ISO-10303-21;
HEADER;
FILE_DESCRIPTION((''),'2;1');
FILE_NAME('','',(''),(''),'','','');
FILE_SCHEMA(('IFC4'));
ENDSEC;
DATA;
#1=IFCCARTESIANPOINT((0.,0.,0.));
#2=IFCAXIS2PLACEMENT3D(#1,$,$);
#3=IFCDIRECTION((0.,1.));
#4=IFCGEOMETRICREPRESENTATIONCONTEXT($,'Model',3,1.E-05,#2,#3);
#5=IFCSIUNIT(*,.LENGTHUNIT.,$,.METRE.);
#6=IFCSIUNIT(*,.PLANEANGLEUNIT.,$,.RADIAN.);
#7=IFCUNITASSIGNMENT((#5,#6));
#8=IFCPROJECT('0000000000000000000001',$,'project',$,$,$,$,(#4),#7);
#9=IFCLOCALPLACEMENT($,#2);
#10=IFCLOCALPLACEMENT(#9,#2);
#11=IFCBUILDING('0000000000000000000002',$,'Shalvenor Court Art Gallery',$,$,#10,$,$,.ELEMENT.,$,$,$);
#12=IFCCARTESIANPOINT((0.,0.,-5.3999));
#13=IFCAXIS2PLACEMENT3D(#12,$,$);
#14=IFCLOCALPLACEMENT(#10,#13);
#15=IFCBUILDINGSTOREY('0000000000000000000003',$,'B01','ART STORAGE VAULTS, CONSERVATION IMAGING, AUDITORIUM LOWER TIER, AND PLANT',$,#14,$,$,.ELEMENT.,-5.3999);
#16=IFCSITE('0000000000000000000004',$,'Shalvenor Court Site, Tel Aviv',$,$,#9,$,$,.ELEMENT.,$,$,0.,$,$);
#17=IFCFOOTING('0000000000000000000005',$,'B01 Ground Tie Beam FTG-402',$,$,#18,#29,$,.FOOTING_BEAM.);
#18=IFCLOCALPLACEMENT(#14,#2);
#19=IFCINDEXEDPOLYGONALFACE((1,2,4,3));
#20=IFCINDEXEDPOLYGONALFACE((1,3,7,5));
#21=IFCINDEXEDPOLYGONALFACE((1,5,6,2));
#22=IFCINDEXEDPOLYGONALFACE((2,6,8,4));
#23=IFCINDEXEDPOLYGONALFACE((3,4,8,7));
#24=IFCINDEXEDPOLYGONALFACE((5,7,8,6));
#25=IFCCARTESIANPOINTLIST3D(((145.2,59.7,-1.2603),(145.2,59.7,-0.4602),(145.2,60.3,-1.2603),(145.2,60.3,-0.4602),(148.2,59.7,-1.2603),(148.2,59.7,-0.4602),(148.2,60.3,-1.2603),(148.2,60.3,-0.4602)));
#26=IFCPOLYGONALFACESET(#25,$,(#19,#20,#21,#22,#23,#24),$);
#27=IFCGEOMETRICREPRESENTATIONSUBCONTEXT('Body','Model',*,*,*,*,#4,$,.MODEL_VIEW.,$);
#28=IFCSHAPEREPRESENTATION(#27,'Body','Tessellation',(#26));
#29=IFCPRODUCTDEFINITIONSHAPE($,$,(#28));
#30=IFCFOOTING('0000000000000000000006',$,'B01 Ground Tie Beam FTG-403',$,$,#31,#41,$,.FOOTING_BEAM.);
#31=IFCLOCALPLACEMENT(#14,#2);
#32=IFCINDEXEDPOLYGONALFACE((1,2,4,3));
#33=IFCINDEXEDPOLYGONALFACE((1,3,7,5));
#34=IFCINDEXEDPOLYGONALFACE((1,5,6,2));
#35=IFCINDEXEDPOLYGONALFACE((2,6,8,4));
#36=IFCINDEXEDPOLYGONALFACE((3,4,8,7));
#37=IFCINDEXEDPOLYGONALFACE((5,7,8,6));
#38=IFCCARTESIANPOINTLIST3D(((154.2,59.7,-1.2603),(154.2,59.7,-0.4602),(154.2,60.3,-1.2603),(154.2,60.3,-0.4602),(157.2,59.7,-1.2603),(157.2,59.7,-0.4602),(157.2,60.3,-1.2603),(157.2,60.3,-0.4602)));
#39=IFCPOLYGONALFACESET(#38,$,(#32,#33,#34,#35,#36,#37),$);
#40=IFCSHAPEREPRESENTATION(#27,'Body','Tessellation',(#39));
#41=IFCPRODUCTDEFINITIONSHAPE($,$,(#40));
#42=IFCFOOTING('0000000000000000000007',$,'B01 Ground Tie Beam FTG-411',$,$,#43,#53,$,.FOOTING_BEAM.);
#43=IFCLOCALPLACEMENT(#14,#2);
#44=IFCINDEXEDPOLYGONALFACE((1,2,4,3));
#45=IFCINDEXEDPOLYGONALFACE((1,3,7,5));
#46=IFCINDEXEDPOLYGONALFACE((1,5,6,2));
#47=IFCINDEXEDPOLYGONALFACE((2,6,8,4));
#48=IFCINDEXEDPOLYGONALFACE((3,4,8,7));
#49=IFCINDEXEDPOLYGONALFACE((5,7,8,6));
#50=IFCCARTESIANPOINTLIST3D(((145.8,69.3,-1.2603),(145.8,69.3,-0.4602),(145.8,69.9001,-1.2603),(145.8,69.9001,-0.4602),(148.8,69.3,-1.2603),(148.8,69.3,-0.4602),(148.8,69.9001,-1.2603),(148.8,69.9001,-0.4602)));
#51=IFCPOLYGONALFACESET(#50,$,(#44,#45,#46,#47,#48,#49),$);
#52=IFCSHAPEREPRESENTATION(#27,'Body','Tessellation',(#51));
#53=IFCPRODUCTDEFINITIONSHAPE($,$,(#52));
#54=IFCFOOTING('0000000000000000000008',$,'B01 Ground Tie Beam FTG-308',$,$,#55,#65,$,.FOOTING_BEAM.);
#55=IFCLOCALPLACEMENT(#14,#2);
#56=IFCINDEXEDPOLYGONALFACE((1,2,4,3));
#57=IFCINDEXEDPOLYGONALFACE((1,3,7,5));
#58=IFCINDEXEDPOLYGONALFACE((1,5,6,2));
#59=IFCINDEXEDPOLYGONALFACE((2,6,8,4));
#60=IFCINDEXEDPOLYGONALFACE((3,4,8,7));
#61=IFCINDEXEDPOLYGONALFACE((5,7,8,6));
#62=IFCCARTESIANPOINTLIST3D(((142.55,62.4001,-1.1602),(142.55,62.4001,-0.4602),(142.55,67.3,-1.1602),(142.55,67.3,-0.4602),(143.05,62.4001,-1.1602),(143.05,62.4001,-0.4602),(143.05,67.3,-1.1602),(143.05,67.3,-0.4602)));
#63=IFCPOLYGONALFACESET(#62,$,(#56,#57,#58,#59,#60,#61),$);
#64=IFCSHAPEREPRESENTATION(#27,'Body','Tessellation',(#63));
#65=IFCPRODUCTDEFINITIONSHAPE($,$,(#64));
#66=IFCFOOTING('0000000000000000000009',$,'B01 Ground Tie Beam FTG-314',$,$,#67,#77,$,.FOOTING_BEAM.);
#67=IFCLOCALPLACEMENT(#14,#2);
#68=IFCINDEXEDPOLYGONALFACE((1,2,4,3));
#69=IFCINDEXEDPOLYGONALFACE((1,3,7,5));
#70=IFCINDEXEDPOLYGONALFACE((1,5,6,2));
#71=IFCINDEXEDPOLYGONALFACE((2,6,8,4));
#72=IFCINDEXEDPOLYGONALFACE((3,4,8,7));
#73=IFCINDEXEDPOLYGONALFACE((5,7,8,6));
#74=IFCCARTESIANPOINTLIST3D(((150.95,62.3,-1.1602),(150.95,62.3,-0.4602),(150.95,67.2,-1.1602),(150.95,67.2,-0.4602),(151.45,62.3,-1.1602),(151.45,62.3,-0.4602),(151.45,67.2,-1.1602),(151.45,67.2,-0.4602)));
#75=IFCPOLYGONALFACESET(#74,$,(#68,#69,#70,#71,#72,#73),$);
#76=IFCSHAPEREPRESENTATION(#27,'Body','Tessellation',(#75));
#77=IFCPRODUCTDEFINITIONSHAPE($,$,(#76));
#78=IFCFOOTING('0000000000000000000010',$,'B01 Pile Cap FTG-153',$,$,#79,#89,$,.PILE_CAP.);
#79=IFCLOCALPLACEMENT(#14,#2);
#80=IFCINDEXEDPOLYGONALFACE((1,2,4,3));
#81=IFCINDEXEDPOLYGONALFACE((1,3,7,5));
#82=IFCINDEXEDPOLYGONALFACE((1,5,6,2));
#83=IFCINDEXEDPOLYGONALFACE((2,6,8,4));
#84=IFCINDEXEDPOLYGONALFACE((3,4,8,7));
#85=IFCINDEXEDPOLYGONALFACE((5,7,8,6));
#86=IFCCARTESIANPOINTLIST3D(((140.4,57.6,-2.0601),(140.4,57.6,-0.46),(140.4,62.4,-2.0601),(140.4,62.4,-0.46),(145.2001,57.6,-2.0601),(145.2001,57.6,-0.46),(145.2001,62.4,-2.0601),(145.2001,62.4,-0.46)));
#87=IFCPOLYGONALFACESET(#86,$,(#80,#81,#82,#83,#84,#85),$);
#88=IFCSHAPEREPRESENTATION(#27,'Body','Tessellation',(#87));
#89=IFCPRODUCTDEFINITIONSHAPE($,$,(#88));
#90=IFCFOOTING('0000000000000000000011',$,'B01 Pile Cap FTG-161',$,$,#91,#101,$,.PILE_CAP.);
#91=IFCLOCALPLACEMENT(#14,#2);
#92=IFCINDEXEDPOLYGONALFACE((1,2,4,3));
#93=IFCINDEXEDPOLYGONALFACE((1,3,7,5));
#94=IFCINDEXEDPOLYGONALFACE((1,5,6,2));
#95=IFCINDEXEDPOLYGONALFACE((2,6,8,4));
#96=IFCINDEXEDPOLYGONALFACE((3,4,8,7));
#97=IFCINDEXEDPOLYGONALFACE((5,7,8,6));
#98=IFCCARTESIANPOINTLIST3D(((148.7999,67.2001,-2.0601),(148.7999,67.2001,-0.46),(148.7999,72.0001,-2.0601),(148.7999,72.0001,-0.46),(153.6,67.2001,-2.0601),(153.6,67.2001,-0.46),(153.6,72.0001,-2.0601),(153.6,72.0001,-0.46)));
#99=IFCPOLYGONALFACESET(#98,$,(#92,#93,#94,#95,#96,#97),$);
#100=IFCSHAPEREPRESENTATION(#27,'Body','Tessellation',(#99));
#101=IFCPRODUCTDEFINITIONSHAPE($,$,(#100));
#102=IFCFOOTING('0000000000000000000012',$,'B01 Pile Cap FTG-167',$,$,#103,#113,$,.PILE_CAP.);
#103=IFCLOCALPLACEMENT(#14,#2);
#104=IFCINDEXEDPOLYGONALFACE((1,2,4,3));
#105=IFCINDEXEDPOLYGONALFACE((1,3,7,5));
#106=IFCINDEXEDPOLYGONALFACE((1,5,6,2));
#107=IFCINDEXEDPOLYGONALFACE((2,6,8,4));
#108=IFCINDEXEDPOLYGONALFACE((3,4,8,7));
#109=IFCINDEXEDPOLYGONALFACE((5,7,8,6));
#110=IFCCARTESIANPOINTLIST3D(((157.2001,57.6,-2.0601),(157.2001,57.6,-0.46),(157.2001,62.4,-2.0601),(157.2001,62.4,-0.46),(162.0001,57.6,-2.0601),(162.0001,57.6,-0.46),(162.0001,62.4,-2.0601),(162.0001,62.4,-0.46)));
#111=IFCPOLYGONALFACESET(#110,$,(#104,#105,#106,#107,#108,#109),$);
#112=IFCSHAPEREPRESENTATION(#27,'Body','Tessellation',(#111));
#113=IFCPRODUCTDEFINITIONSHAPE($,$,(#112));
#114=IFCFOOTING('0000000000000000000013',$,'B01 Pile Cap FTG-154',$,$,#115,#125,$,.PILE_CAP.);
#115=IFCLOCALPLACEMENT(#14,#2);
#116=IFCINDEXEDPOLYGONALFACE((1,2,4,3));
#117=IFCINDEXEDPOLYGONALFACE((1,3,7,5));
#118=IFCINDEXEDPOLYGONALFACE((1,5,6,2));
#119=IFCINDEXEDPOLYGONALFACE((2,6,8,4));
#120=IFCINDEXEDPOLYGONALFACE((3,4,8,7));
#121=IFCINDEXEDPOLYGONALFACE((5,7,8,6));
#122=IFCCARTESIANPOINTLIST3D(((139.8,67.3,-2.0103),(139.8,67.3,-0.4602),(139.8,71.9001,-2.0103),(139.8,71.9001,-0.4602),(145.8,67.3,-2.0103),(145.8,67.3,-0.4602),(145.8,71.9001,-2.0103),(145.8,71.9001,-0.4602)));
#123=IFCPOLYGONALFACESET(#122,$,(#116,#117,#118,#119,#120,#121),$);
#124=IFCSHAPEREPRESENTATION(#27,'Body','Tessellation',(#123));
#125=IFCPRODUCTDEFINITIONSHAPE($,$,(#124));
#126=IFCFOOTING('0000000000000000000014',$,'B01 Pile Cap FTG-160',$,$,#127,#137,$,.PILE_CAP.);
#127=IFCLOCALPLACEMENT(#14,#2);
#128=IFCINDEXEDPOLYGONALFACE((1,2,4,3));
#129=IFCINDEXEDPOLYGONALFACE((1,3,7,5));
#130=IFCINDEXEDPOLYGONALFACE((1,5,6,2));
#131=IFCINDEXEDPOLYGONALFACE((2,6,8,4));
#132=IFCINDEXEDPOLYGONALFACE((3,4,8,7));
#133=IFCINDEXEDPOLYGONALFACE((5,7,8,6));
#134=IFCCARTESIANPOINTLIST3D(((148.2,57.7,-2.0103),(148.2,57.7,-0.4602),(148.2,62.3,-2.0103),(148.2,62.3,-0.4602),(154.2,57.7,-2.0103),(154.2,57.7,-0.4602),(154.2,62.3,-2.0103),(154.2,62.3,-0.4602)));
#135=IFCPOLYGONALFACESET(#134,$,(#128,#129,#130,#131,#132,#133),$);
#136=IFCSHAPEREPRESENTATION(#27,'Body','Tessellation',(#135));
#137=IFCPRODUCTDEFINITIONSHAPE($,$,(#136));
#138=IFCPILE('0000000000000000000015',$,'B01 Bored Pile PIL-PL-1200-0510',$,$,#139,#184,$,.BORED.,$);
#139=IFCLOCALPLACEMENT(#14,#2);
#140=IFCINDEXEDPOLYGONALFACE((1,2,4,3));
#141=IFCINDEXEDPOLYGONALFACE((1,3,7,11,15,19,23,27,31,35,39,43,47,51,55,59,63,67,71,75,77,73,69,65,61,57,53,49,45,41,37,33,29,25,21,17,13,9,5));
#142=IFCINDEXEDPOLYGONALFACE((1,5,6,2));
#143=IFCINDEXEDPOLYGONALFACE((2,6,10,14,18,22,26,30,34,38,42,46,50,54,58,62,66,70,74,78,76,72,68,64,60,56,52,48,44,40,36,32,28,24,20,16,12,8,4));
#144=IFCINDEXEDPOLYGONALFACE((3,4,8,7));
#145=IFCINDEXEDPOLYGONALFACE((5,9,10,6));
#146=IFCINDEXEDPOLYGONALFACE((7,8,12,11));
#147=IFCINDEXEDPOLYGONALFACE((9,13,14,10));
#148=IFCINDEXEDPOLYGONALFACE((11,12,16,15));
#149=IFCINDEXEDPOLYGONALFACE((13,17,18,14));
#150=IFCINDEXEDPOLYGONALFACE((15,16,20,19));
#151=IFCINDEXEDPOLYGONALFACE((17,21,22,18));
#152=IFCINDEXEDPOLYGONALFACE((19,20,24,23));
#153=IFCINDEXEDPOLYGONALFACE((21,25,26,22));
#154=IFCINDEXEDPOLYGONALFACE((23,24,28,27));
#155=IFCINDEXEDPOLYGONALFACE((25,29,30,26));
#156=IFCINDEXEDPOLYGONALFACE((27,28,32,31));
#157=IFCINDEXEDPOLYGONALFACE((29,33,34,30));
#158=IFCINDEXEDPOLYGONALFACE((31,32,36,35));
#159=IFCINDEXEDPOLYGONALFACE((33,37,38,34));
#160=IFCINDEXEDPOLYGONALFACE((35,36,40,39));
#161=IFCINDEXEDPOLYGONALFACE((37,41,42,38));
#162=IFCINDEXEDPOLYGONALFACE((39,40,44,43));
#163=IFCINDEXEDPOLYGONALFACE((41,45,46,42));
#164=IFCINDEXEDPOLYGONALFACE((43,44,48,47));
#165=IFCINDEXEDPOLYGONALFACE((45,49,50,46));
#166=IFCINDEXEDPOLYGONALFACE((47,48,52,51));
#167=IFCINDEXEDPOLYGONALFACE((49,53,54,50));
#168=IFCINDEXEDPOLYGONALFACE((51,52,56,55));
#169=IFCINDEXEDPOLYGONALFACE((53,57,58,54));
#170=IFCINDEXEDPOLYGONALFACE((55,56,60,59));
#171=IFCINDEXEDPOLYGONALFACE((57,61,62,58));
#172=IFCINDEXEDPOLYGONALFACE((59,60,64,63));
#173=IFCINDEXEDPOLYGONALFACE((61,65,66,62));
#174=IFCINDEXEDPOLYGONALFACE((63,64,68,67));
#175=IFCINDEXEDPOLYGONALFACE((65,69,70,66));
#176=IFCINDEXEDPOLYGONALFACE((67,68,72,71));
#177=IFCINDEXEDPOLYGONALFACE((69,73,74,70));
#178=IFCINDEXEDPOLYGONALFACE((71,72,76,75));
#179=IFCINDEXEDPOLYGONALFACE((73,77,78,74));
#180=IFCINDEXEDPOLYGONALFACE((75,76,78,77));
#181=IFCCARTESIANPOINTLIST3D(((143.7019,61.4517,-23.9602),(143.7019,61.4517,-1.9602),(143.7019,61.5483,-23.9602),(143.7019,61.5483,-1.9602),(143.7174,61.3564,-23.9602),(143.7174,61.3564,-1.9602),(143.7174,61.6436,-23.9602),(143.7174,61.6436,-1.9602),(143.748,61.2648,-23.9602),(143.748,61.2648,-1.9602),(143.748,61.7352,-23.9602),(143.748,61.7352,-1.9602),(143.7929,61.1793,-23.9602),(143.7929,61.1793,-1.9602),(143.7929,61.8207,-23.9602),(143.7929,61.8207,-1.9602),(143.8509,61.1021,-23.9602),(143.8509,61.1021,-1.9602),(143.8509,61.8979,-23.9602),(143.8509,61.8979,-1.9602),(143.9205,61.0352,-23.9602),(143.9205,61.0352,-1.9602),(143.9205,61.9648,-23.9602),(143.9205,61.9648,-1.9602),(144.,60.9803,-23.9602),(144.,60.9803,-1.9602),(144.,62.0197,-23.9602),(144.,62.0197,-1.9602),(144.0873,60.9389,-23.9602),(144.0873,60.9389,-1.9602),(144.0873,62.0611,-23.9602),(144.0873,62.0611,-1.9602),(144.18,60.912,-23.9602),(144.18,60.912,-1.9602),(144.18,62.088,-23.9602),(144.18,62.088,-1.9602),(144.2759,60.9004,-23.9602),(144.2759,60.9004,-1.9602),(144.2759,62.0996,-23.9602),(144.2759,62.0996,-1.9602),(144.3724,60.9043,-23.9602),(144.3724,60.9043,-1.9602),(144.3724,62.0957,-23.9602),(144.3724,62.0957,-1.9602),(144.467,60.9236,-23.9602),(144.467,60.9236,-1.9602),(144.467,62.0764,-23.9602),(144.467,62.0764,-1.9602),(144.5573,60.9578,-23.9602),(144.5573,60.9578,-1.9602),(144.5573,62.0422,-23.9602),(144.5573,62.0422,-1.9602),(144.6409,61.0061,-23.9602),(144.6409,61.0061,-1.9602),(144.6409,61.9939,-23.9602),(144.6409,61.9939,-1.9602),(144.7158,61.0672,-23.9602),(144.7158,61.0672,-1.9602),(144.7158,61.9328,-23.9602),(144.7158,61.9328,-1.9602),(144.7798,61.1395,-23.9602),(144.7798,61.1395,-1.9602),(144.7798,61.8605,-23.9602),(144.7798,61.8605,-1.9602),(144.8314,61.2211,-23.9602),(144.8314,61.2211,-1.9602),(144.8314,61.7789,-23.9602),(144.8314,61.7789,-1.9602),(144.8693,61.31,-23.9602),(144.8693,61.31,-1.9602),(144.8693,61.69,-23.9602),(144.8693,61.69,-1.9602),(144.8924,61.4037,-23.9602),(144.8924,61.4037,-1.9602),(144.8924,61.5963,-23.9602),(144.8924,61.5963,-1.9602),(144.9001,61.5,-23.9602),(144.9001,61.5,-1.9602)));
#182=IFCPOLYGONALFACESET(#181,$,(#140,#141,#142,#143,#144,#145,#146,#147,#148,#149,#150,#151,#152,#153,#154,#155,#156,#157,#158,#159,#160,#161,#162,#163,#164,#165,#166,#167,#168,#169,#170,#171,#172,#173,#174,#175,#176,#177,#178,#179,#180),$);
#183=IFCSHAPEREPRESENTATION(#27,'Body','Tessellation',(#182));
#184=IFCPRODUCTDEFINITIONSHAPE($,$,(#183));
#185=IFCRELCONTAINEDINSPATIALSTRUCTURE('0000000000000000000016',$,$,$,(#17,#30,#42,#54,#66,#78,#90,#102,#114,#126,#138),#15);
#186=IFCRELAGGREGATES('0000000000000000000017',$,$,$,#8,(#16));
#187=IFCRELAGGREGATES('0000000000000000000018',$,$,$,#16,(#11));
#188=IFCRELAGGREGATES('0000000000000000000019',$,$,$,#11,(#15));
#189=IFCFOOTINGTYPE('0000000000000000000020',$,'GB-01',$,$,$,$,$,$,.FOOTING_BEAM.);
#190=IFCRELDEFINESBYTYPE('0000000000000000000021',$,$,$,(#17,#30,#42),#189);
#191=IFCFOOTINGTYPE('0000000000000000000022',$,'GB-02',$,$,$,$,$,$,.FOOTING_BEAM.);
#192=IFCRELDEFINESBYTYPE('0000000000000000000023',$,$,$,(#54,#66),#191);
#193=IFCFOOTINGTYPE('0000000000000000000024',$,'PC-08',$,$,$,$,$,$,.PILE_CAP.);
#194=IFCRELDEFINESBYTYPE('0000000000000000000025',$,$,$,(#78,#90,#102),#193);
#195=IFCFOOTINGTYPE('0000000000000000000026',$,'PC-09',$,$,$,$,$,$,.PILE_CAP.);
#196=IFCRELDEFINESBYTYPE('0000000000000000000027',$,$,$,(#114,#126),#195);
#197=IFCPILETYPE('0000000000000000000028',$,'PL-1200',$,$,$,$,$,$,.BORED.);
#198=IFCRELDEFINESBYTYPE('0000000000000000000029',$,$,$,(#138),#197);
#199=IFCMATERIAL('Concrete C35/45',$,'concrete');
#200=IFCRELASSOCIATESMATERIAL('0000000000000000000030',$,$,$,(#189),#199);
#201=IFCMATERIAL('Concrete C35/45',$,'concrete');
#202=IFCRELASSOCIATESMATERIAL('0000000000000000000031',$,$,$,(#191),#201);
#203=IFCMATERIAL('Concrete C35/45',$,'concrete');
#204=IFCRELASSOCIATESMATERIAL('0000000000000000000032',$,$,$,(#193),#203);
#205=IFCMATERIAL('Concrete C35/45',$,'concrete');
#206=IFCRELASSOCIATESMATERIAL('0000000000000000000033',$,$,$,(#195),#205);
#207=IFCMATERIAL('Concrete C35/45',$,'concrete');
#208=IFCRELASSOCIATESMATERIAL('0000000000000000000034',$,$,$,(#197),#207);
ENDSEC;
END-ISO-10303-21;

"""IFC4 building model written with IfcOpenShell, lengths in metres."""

from ifc_helpers import new_model, si_unit, direction, frame, origin, origin_2d, place, context, subcontext, project, spatial, rectangle, circle, extrude, material, material_profile, profile_set, type_object, element, save


model = new_model("IFC4")

# Units and contexts
model_context = context("Model", 3, precision=1e-05, world=origin(), true_north=direction((0.0, 1.0)))
body_context = subcontext(model_context, "Body", "Model", "MODEL_VIEW")
ifc_project = project(units=[si_unit("LENGTHUNIT", "METRE"), si_unit("PLANEANGLEUNIT", "RADIAN")], contexts=[model_context])

# Site, building, storey
site_placement = place(None, origin())
site = spatial("IfcSite", under=ifc_project, at=site_placement, Name="Shalvenor Court Site, Tel Aviv", CompositionType="ELEMENT", RefElevation=0.0)
building_placement = place(site_placement, origin())
building = spatial("IfcBuilding", under=site, at=building_placement, Name="Shalvenor Court Art Gallery", CompositionType="ELEMENT")
storey_placement = place(building_placement, frame((0.0, 0.0, -5.3999)))
storey = spatial("IfcBuildingStorey", under=building, at=storey_placement, Name="B01", Description="ART STORAGE VAULTS, CONSERVATION IMAGING, AUDITORIUM LOWER TIER, AND PLANT", CompositionType="ELEMENT", Elevation=-5.3999)

# Footings
ifc_material_1 = material(Name="Concrete C35/45", Category="concrete")
footing_type_1 = type_object("IfcFootingType", Name="GB-01", PredefinedType="FOOTING_BEAM", material=ifc_material_1)
for number, where, z_axis, x_axis, name in (
    (1, (146.7, 60.0, -1.2603), (0.0, 0.0, 1.0), (1.0, 0.0, 0.0), "B01 Ground Tie Beam FTG-402"),
    (2, (155.7, 60.0, -1.2603), (0.0, 0.0, 1.0), (1.0, 0.0, 0.0), "B01 Ground Tie Beam FTG-403"),
    (3, (147.3, 69.6001, -1.2603), (0.0, 0.0, 1.0), (1.0, 0.0, 0.0), "B01 Ground Tie Beam FTG-411"),
):
    element("IfcFooting", number, at=place(storey_placement, frame(where, z_axis=z_axis, x_axis=x_axis)), inside=storey, type_object=footing_type_1, Name=name, PredefinedType="FOOTING_BEAM", context=body_context, shape_type="SweptSolid", body=[
        extrude(rectangle(XDim=3.0, YDim=0.6001, at=origin_2d()), origin(), (0.0, 0.0, 1.0), 0.8),
    ])
ifc_material_2 = material(Name="Concrete C35/45", Category="concrete")
footing_type_2 = type_object("IfcFootingType", Name="GB-02", PredefinedType="FOOTING_BEAM", material=ifc_material_2)
for number, where, z_axis, x_axis, name in (
    (4, (142.8, 64.8501, -1.1602), (0.0, 0.0, 1.0), (0.0, 1.0, 0.0), "B01 Ground Tie Beam FTG-308"),
    (5, (151.2, 64.75, -1.1602), (0.0, 0.0, 1.0), (0.0, 1.0, 0.0), "B01 Ground Tie Beam FTG-314"),
):
    element("IfcFooting", number, at=place(storey_placement, frame(where, z_axis=z_axis, x_axis=x_axis)), inside=storey, type_object=footing_type_2, Name=name, PredefinedType="FOOTING_BEAM", context=body_context, shape_type="SweptSolid", body=[
        extrude(rectangle(XDim=4.8999, YDim=0.5, at=origin_2d()), origin(), (0.0, 0.0, 1.0), 0.7),
    ])
ifc_material_3 = material(Name="Concrete C35/45", Category="concrete")
footing_type_3 = type_object("IfcFootingType", Name="PC-08", PredefinedType="PILE_CAP", material=ifc_material_3)
for number, where, z_axis, x_axis, name in (
    (6, (142.8, 60.0, -2.0601), (0.0, 0.0, 1.0), (1.0, 0.0, 0.0), "B01 Pile Cap FTG-153"),
    (7, (151.2, 69.6001, -2.0601), (0.0, 0.0, 1.0), (1.0, 0.0, 0.0), "B01 Pile Cap FTG-161"),
    (8, (159.6001, 60.0, -2.0601), (0.0, 0.0, 1.0), (1.0, 0.0, 0.0), "B01 Pile Cap FTG-167"),
):
    element("IfcFooting", number, at=place(storey_placement, frame(where, z_axis=z_axis, x_axis=x_axis)), inside=storey, type_object=footing_type_3, Name=name, PredefinedType="PILE_CAP", context=body_context, shape_type="SweptSolid", body=[
        extrude(rectangle(XDim=4.8, YDim=4.8, at=origin_2d()), origin(), (0.0, 0.0, 1.0), 1.6001),
    ])
ifc_material_4 = material(Name="Concrete C35/45", Category="concrete")
footing_type_4 = type_object("IfcFootingType", Name="PC-09", PredefinedType="PILE_CAP", material=ifc_material_4)
for number, where, z_axis, x_axis, name in (
    (9, (142.8, 69.6001, -2.0103), (0.0, 0.0, 1.0), (1.0, 0.0, 0.0), "B01 Pile Cap FTG-154"),
    (10, (151.2, 60.0, -2.0103), (0.0, 0.0, 1.0), (1.0, 0.0, 0.0), "B01 Pile Cap FTG-160"),
):
    element("IfcFooting", number, at=place(storey_placement, frame(where, z_axis=z_axis, x_axis=x_axis)), inside=storey, type_object=footing_type_4, Name=name, PredefinedType="PILE_CAP", context=body_context, shape_type="SweptSolid", body=[
        extrude(rectangle(XDim=6.0, YDim=4.6001, at=origin_2d()), origin(), (0.0, 0.0, 1.0), 1.55),
    ])

# Pile
ifc_material_5 = material(Name="Concrete C35/45", Category="concrete")
ifc_material_profile_1 = material_profile(ifc_material_5, circle(Radius=0.6001, at=origin_2d()), Name="PILE 1200")
ifc_profile_set_1 = profile_set([ifc_material_profile_1], Name="Concrete C35/45")
pile_type = type_object("IfcPileType", Name="PL-1200", PredefinedType="BORED", material=ifc_profile_set_1)
for number, where, z_axis, x_axis, name in (
    (11, (144.3, 61.5, -1.9602), (0.0, 0.0, -1.0), (1.0, 0.0, 0.0), "B01 Bored Pile PIL-PL-1200-0510"),
):
    element("IfcPile", number, at=place(storey_placement, frame(where, z_axis=z_axis, x_axis=x_axis)), inside=storey, type_object=pile_type, Name=name, PredefinedType="BORED", context=body_context, shape_type="SweptSolid", body=[
        extrude(circle(Radius=0.6001, at=origin_2d()), origin(), (0.0, 0.0, 1.0), 22.0),
    ])

save(model, "model.ifc")
